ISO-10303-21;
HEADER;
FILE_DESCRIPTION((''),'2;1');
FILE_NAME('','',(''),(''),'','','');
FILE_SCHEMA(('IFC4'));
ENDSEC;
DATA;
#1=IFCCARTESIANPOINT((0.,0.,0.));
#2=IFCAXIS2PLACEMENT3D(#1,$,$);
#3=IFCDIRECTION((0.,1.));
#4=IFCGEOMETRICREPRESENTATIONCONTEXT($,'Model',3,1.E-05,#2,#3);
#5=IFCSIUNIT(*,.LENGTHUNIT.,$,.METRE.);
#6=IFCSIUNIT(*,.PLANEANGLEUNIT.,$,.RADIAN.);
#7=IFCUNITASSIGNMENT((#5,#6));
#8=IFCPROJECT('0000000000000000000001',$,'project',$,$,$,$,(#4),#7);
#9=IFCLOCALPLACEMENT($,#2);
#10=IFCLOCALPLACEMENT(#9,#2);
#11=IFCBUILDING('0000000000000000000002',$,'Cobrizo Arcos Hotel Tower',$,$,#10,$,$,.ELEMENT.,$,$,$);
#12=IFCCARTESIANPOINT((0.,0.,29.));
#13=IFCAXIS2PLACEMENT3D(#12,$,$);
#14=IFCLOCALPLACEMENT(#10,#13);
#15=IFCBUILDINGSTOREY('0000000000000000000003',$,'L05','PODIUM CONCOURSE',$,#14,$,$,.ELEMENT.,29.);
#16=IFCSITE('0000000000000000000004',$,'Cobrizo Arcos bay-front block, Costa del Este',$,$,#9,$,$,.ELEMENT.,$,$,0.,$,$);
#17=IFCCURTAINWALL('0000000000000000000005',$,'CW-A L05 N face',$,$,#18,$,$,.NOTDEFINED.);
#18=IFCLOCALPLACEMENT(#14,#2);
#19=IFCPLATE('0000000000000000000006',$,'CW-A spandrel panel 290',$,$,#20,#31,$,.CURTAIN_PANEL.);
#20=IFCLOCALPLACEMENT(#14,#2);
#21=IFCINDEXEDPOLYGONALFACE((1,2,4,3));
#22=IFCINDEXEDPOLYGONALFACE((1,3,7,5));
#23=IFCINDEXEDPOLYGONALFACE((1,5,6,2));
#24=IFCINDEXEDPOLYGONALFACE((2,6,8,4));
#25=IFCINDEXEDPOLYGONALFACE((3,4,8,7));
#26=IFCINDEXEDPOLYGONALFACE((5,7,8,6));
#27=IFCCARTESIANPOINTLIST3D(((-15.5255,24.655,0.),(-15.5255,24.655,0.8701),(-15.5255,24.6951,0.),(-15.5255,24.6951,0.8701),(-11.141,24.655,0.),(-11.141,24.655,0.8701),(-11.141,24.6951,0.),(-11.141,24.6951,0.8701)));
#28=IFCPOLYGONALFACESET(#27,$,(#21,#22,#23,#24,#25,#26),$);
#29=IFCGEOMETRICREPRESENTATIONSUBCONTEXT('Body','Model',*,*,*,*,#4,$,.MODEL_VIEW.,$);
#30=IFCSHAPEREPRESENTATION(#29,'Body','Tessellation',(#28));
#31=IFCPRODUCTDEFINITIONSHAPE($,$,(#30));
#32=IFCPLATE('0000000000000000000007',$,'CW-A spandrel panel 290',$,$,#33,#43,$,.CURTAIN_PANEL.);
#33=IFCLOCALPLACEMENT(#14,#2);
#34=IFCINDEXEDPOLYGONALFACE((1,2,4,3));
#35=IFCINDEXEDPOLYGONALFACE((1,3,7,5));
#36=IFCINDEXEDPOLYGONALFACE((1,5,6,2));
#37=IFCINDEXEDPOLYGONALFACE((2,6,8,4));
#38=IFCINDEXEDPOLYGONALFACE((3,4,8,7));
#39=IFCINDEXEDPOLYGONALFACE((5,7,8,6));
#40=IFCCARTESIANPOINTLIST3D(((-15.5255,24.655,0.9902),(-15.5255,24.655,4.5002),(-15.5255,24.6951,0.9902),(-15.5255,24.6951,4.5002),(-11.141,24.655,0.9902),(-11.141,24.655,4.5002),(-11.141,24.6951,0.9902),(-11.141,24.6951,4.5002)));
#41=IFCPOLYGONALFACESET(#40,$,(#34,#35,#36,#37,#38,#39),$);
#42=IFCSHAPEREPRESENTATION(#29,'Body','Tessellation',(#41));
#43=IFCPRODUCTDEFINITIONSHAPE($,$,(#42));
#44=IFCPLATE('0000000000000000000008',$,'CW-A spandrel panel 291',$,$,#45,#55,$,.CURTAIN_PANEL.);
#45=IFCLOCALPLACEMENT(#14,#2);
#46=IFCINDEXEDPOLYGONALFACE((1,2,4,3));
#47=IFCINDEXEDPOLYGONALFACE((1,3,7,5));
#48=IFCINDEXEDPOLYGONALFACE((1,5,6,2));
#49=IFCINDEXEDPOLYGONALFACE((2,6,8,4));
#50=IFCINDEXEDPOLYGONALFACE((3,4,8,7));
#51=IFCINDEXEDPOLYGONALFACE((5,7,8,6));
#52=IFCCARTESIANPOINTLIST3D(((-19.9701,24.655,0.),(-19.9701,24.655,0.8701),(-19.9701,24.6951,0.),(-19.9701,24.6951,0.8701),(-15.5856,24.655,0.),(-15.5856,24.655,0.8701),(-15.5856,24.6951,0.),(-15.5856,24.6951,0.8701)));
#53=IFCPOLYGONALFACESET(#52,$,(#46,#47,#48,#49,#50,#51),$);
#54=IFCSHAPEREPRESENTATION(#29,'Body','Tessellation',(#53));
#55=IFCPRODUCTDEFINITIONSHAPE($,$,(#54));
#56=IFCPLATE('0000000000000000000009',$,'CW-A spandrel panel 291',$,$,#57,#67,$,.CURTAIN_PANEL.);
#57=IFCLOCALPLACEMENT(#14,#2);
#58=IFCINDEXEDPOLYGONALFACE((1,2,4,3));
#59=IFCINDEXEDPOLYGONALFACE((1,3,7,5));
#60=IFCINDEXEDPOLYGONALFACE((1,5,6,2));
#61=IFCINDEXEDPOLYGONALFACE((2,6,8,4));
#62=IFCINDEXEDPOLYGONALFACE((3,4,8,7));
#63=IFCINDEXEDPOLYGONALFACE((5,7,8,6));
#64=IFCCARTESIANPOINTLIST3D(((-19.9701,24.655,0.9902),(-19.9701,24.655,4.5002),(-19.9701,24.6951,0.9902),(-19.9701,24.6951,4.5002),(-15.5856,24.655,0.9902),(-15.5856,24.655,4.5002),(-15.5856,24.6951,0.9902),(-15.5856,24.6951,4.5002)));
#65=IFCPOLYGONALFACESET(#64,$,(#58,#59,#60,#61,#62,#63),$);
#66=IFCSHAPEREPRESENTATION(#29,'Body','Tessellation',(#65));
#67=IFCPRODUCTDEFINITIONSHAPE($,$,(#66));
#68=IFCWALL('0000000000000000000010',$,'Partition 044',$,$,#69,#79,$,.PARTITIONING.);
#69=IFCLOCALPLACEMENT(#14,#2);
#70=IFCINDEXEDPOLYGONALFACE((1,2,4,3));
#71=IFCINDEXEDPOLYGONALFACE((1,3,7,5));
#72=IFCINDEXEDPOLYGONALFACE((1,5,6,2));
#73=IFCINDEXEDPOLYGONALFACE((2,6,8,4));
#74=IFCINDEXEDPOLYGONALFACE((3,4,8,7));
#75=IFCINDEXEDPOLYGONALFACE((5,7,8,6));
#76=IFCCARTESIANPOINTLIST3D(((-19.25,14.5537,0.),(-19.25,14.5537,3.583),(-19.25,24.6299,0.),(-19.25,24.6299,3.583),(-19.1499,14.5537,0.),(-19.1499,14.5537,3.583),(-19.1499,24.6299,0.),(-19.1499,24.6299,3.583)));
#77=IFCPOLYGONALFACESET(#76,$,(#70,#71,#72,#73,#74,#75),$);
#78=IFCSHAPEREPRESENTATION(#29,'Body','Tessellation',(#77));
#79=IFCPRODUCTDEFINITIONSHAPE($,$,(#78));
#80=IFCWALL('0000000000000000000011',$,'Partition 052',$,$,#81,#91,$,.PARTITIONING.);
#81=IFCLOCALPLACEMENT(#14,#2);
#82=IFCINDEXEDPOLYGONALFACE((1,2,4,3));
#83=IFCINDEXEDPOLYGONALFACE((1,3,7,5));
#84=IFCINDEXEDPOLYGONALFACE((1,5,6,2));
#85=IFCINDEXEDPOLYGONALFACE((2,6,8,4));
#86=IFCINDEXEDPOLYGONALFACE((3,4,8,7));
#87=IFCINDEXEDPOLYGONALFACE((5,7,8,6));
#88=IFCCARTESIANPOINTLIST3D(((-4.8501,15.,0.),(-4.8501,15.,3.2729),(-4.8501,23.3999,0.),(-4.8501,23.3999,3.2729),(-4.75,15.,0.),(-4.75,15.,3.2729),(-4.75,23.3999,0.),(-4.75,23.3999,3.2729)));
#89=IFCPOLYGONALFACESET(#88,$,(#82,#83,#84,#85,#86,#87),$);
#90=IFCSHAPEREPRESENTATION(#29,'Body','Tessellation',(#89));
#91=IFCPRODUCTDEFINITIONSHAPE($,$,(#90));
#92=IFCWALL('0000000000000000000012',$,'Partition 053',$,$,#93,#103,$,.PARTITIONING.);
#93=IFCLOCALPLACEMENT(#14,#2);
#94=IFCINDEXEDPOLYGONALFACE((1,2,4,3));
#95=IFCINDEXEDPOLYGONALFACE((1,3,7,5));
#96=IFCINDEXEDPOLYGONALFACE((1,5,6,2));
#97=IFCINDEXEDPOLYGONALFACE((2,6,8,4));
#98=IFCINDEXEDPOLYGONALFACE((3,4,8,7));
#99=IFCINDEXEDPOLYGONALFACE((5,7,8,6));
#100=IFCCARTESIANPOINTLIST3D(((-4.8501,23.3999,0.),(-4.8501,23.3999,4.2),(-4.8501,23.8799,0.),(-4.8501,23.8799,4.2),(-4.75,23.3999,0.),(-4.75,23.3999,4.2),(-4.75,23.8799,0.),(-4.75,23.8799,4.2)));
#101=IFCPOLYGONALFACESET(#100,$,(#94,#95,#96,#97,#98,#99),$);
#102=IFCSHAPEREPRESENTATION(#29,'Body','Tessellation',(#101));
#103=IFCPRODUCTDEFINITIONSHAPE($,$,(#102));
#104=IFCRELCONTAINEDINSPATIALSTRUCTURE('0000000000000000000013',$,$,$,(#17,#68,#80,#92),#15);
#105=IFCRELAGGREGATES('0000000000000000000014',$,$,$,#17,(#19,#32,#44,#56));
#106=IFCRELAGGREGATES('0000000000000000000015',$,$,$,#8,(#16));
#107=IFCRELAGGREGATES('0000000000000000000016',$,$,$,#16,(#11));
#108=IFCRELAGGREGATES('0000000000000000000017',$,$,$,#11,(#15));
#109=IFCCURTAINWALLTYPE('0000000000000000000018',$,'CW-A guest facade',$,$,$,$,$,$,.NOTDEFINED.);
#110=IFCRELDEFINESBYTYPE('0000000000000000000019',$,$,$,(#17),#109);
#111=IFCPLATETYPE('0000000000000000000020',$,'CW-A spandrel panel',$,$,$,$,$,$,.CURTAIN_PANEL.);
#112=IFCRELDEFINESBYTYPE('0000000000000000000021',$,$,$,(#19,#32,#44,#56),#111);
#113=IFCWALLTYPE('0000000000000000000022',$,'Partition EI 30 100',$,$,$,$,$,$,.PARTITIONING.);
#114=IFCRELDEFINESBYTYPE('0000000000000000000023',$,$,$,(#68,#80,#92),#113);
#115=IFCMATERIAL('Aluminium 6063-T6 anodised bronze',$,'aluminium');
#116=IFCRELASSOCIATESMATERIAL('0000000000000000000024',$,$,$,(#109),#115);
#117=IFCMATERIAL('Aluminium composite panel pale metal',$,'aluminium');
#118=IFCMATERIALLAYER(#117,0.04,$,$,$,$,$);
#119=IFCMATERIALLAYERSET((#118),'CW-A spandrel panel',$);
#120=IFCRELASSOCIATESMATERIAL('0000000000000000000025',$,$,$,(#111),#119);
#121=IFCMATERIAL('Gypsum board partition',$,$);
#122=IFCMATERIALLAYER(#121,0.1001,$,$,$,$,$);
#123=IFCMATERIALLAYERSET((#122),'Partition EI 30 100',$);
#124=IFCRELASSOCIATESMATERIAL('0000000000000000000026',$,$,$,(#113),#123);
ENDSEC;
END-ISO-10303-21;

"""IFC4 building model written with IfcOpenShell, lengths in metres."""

from ifc_helpers import new_model, si_unit, direction, frame, frame_2d, origin, origin_2d, place, context, subcontext, project, spatial, rectangle, extrude, material, layer, layer_set, type_object, element, aggregate, save


model = new_model("IFC4")

# Units and contexts
model_context = context("Model", 3, precision=1e-05, world=origin(), true_north=direction((0.0, 1.0)))
body_context = subcontext(model_context, "Body", "Model", "MODEL_VIEW")
ifc_project = project(units=[si_unit("LENGTHUNIT", "METRE"), si_unit("PLANEANGLEUNIT", "RADIAN")], contexts=[model_context])

# Site, building, storey
site_placement = place(None, origin())
site = spatial("IfcSite", under=ifc_project, at=site_placement, Name="Cobrizo Arcos bay-front block, Costa del Este", CompositionType="ELEMENT", RefElevation=0.0)
building_placement = place(site_placement, origin())
building = spatial("IfcBuilding", under=site, at=building_placement, Name="Cobrizo Arcos Hotel Tower", CompositionType="ELEMENT")
storey_placement = place(building_placement, frame((0.0, 0.0, 29.0)))
storey = spatial("IfcBuildingStorey", under=building, at=storey_placement, Name="L05", Description="PODIUM CONCOURSE", CompositionType="ELEMENT", Elevation=29.0)

# Curtain wall
ifc_material_1 = material(Name="Aluminium 6063-T6 anodised bronze", Category="aluminium")
curtain_wall_type = type_object("IfcCurtainWallType", Name="CW-A guest facade", PredefinedType="NOTDEFINED", material=ifc_material_1)
curtain_wall_placement = place(storey_placement, origin())
curtain_wall = element("IfcCurtainWall", 1, at=curtain_wall_placement, inside=storey, type_object=curtain_wall_type, Name="CW-A L05 N face", PredefinedType="NOTDEFINED")

# Plates
ifc_material_2 = material(Name="Aluminium composite panel pale metal", Category="aluminium")
ifc_layer_1 = layer(ifc_material_2, 0.04)
ifc_layer_set_1 = layer_set([ifc_layer_1], Name="CW-A spandrel panel")
plate_type = type_object("IfcPlateType", Name="CW-A spandrel panel", PredefinedType="CURTAIN_PANEL", material=ifc_layer_set_1)
plate_1_placement = place(storey_placement, frame((-13.3333, 24.675, 0.0), z_axis=(0.0, 0.0, 1.0), x_axis=(-1.0, 0.0, 0.0)))
plate_1 = element("IfcPlate", 2, at=plate_1_placement, type_object=plate_type, Name="CW-A spandrel panel 290", PredefinedType="CURTAIN_PANEL", context=body_context, shape_type="SweptSolid", body=[
    extrude(rectangle(XDim=4.3845, YDim=0.04, at=origin_2d()), origin(), (0.0, 0.0, 1.0), 0.8701),
])
plate_2_placement = place(storey_placement, frame((-13.3333, 24.675, 0.9902), z_axis=(0.0, 0.0, 1.0), x_axis=(-1.0, 0.0, 0.0)))
plate_2 = element("IfcPlate", 3, at=plate_2_placement, type_object=plate_type, Name="CW-A spandrel panel 290", PredefinedType="CURTAIN_PANEL", context=body_context, shape_type="SweptSolid", body=[
    extrude(rectangle(XDim=4.3845, YDim=0.04, at=origin_2d()), origin(), (0.0, 0.0, 1.0), 3.51),
])
plate_3_placement = place(storey_placement, frame((-17.7778, 24.675, 0.0), z_axis=(0.0, 0.0, 1.0), x_axis=(-1.0, 0.0, 0.0)))
plate_3 = element("IfcPlate", 4, at=plate_3_placement, type_object=plate_type, Name="CW-A spandrel panel 291", PredefinedType="CURTAIN_PANEL", context=body_context, shape_type="SweptSolid", body=[
    extrude(rectangle(XDim=4.3845, YDim=0.04, at=origin_2d()), origin(), (0.0, 0.0, 1.0), 0.8701),
])
plate_4_placement = place(storey_placement, frame((-17.7778, 24.675, 0.9902), z_axis=(0.0, 0.0, 1.0), x_axis=(-1.0, 0.0, 0.0)))
plate_4 = element("IfcPlate", 5, at=plate_4_placement, type_object=plate_type, Name="CW-A spandrel panel 291", PredefinedType="CURTAIN_PANEL", context=body_context, shape_type="SweptSolid", body=[
    extrude(rectangle(XDim=4.3845, YDim=0.04, at=origin_2d()), origin(), (0.0, 0.0, 1.0), 3.51),
])
aggregate(curtain_wall, [plate_1, plate_2, plate_3, plate_4])

# Walls
ifc_material_3 = material(Name="Gypsum board partition")
ifc_layer_2 = layer(ifc_material_3, 0.1001)
ifc_layer_set_2 = layer_set([ifc_layer_2], Name="Partition EI 30 100")
wall_type = type_object("IfcWallType", Name="Partition EI 30 100", PredefinedType="PARTITIONING", material=ifc_layer_set_2)
wall_1_placement = place(storey_placement, frame((-19.2, 14.5537, 0.0), z_axis=(0.0, 0.0, 1.0), x_axis=(0.0, 1.0, 0.0)))
element("IfcWall", 6, at=wall_1_placement, inside=storey, type_object=wall_type, Name="Partition 044", PredefinedType="PARTITIONING", context=body_context, shape_type="SweptSolid", body=[
    extrude(rectangle(XDim=10.0762, YDim=0.1001, at=frame_2d((5.0381, 0.0))), origin(), (0.0, 0.0, 1.0), 3.583),
])
wall_2_placement = place(storey_placement, frame((-4.8, 15.0, 0.0), z_axis=(0.0, 0.0, 1.0), x_axis=(0.0, 1.0, 0.0)))
element("IfcWall", 7, at=wall_2_placement, inside=storey, type_object=wall_type, Name="Partition 052", PredefinedType="PARTITIONING", context=body_context, shape_type="SweptSolid", body=[
    extrude(rectangle(XDim=8.3999, YDim=0.1001, at=frame_2d((4.2, 0.0))), origin(), (0.0, 0.0, 1.0), 3.2729),
])
wall_3_placement = place(storey_placement, frame((-4.8, 23.3999, 0.0), z_axis=(0.0, 0.0, 1.0), x_axis=(0.0, 1.0, 0.0)))
element("IfcWall", 8, at=wall_3_placement, inside=storey, type_object=wall_type, Name="Partition 053", PredefinedType="PARTITIONING", context=body_context, shape_type="SweptSolid", body=[
    extrude(rectangle(XDim=0.48, YDim=0.1001, at=frame_2d((0.24, 0.0))), origin(), (0.0, 0.0, 1.0), 4.2),
])

save(model, "model.ifc")
